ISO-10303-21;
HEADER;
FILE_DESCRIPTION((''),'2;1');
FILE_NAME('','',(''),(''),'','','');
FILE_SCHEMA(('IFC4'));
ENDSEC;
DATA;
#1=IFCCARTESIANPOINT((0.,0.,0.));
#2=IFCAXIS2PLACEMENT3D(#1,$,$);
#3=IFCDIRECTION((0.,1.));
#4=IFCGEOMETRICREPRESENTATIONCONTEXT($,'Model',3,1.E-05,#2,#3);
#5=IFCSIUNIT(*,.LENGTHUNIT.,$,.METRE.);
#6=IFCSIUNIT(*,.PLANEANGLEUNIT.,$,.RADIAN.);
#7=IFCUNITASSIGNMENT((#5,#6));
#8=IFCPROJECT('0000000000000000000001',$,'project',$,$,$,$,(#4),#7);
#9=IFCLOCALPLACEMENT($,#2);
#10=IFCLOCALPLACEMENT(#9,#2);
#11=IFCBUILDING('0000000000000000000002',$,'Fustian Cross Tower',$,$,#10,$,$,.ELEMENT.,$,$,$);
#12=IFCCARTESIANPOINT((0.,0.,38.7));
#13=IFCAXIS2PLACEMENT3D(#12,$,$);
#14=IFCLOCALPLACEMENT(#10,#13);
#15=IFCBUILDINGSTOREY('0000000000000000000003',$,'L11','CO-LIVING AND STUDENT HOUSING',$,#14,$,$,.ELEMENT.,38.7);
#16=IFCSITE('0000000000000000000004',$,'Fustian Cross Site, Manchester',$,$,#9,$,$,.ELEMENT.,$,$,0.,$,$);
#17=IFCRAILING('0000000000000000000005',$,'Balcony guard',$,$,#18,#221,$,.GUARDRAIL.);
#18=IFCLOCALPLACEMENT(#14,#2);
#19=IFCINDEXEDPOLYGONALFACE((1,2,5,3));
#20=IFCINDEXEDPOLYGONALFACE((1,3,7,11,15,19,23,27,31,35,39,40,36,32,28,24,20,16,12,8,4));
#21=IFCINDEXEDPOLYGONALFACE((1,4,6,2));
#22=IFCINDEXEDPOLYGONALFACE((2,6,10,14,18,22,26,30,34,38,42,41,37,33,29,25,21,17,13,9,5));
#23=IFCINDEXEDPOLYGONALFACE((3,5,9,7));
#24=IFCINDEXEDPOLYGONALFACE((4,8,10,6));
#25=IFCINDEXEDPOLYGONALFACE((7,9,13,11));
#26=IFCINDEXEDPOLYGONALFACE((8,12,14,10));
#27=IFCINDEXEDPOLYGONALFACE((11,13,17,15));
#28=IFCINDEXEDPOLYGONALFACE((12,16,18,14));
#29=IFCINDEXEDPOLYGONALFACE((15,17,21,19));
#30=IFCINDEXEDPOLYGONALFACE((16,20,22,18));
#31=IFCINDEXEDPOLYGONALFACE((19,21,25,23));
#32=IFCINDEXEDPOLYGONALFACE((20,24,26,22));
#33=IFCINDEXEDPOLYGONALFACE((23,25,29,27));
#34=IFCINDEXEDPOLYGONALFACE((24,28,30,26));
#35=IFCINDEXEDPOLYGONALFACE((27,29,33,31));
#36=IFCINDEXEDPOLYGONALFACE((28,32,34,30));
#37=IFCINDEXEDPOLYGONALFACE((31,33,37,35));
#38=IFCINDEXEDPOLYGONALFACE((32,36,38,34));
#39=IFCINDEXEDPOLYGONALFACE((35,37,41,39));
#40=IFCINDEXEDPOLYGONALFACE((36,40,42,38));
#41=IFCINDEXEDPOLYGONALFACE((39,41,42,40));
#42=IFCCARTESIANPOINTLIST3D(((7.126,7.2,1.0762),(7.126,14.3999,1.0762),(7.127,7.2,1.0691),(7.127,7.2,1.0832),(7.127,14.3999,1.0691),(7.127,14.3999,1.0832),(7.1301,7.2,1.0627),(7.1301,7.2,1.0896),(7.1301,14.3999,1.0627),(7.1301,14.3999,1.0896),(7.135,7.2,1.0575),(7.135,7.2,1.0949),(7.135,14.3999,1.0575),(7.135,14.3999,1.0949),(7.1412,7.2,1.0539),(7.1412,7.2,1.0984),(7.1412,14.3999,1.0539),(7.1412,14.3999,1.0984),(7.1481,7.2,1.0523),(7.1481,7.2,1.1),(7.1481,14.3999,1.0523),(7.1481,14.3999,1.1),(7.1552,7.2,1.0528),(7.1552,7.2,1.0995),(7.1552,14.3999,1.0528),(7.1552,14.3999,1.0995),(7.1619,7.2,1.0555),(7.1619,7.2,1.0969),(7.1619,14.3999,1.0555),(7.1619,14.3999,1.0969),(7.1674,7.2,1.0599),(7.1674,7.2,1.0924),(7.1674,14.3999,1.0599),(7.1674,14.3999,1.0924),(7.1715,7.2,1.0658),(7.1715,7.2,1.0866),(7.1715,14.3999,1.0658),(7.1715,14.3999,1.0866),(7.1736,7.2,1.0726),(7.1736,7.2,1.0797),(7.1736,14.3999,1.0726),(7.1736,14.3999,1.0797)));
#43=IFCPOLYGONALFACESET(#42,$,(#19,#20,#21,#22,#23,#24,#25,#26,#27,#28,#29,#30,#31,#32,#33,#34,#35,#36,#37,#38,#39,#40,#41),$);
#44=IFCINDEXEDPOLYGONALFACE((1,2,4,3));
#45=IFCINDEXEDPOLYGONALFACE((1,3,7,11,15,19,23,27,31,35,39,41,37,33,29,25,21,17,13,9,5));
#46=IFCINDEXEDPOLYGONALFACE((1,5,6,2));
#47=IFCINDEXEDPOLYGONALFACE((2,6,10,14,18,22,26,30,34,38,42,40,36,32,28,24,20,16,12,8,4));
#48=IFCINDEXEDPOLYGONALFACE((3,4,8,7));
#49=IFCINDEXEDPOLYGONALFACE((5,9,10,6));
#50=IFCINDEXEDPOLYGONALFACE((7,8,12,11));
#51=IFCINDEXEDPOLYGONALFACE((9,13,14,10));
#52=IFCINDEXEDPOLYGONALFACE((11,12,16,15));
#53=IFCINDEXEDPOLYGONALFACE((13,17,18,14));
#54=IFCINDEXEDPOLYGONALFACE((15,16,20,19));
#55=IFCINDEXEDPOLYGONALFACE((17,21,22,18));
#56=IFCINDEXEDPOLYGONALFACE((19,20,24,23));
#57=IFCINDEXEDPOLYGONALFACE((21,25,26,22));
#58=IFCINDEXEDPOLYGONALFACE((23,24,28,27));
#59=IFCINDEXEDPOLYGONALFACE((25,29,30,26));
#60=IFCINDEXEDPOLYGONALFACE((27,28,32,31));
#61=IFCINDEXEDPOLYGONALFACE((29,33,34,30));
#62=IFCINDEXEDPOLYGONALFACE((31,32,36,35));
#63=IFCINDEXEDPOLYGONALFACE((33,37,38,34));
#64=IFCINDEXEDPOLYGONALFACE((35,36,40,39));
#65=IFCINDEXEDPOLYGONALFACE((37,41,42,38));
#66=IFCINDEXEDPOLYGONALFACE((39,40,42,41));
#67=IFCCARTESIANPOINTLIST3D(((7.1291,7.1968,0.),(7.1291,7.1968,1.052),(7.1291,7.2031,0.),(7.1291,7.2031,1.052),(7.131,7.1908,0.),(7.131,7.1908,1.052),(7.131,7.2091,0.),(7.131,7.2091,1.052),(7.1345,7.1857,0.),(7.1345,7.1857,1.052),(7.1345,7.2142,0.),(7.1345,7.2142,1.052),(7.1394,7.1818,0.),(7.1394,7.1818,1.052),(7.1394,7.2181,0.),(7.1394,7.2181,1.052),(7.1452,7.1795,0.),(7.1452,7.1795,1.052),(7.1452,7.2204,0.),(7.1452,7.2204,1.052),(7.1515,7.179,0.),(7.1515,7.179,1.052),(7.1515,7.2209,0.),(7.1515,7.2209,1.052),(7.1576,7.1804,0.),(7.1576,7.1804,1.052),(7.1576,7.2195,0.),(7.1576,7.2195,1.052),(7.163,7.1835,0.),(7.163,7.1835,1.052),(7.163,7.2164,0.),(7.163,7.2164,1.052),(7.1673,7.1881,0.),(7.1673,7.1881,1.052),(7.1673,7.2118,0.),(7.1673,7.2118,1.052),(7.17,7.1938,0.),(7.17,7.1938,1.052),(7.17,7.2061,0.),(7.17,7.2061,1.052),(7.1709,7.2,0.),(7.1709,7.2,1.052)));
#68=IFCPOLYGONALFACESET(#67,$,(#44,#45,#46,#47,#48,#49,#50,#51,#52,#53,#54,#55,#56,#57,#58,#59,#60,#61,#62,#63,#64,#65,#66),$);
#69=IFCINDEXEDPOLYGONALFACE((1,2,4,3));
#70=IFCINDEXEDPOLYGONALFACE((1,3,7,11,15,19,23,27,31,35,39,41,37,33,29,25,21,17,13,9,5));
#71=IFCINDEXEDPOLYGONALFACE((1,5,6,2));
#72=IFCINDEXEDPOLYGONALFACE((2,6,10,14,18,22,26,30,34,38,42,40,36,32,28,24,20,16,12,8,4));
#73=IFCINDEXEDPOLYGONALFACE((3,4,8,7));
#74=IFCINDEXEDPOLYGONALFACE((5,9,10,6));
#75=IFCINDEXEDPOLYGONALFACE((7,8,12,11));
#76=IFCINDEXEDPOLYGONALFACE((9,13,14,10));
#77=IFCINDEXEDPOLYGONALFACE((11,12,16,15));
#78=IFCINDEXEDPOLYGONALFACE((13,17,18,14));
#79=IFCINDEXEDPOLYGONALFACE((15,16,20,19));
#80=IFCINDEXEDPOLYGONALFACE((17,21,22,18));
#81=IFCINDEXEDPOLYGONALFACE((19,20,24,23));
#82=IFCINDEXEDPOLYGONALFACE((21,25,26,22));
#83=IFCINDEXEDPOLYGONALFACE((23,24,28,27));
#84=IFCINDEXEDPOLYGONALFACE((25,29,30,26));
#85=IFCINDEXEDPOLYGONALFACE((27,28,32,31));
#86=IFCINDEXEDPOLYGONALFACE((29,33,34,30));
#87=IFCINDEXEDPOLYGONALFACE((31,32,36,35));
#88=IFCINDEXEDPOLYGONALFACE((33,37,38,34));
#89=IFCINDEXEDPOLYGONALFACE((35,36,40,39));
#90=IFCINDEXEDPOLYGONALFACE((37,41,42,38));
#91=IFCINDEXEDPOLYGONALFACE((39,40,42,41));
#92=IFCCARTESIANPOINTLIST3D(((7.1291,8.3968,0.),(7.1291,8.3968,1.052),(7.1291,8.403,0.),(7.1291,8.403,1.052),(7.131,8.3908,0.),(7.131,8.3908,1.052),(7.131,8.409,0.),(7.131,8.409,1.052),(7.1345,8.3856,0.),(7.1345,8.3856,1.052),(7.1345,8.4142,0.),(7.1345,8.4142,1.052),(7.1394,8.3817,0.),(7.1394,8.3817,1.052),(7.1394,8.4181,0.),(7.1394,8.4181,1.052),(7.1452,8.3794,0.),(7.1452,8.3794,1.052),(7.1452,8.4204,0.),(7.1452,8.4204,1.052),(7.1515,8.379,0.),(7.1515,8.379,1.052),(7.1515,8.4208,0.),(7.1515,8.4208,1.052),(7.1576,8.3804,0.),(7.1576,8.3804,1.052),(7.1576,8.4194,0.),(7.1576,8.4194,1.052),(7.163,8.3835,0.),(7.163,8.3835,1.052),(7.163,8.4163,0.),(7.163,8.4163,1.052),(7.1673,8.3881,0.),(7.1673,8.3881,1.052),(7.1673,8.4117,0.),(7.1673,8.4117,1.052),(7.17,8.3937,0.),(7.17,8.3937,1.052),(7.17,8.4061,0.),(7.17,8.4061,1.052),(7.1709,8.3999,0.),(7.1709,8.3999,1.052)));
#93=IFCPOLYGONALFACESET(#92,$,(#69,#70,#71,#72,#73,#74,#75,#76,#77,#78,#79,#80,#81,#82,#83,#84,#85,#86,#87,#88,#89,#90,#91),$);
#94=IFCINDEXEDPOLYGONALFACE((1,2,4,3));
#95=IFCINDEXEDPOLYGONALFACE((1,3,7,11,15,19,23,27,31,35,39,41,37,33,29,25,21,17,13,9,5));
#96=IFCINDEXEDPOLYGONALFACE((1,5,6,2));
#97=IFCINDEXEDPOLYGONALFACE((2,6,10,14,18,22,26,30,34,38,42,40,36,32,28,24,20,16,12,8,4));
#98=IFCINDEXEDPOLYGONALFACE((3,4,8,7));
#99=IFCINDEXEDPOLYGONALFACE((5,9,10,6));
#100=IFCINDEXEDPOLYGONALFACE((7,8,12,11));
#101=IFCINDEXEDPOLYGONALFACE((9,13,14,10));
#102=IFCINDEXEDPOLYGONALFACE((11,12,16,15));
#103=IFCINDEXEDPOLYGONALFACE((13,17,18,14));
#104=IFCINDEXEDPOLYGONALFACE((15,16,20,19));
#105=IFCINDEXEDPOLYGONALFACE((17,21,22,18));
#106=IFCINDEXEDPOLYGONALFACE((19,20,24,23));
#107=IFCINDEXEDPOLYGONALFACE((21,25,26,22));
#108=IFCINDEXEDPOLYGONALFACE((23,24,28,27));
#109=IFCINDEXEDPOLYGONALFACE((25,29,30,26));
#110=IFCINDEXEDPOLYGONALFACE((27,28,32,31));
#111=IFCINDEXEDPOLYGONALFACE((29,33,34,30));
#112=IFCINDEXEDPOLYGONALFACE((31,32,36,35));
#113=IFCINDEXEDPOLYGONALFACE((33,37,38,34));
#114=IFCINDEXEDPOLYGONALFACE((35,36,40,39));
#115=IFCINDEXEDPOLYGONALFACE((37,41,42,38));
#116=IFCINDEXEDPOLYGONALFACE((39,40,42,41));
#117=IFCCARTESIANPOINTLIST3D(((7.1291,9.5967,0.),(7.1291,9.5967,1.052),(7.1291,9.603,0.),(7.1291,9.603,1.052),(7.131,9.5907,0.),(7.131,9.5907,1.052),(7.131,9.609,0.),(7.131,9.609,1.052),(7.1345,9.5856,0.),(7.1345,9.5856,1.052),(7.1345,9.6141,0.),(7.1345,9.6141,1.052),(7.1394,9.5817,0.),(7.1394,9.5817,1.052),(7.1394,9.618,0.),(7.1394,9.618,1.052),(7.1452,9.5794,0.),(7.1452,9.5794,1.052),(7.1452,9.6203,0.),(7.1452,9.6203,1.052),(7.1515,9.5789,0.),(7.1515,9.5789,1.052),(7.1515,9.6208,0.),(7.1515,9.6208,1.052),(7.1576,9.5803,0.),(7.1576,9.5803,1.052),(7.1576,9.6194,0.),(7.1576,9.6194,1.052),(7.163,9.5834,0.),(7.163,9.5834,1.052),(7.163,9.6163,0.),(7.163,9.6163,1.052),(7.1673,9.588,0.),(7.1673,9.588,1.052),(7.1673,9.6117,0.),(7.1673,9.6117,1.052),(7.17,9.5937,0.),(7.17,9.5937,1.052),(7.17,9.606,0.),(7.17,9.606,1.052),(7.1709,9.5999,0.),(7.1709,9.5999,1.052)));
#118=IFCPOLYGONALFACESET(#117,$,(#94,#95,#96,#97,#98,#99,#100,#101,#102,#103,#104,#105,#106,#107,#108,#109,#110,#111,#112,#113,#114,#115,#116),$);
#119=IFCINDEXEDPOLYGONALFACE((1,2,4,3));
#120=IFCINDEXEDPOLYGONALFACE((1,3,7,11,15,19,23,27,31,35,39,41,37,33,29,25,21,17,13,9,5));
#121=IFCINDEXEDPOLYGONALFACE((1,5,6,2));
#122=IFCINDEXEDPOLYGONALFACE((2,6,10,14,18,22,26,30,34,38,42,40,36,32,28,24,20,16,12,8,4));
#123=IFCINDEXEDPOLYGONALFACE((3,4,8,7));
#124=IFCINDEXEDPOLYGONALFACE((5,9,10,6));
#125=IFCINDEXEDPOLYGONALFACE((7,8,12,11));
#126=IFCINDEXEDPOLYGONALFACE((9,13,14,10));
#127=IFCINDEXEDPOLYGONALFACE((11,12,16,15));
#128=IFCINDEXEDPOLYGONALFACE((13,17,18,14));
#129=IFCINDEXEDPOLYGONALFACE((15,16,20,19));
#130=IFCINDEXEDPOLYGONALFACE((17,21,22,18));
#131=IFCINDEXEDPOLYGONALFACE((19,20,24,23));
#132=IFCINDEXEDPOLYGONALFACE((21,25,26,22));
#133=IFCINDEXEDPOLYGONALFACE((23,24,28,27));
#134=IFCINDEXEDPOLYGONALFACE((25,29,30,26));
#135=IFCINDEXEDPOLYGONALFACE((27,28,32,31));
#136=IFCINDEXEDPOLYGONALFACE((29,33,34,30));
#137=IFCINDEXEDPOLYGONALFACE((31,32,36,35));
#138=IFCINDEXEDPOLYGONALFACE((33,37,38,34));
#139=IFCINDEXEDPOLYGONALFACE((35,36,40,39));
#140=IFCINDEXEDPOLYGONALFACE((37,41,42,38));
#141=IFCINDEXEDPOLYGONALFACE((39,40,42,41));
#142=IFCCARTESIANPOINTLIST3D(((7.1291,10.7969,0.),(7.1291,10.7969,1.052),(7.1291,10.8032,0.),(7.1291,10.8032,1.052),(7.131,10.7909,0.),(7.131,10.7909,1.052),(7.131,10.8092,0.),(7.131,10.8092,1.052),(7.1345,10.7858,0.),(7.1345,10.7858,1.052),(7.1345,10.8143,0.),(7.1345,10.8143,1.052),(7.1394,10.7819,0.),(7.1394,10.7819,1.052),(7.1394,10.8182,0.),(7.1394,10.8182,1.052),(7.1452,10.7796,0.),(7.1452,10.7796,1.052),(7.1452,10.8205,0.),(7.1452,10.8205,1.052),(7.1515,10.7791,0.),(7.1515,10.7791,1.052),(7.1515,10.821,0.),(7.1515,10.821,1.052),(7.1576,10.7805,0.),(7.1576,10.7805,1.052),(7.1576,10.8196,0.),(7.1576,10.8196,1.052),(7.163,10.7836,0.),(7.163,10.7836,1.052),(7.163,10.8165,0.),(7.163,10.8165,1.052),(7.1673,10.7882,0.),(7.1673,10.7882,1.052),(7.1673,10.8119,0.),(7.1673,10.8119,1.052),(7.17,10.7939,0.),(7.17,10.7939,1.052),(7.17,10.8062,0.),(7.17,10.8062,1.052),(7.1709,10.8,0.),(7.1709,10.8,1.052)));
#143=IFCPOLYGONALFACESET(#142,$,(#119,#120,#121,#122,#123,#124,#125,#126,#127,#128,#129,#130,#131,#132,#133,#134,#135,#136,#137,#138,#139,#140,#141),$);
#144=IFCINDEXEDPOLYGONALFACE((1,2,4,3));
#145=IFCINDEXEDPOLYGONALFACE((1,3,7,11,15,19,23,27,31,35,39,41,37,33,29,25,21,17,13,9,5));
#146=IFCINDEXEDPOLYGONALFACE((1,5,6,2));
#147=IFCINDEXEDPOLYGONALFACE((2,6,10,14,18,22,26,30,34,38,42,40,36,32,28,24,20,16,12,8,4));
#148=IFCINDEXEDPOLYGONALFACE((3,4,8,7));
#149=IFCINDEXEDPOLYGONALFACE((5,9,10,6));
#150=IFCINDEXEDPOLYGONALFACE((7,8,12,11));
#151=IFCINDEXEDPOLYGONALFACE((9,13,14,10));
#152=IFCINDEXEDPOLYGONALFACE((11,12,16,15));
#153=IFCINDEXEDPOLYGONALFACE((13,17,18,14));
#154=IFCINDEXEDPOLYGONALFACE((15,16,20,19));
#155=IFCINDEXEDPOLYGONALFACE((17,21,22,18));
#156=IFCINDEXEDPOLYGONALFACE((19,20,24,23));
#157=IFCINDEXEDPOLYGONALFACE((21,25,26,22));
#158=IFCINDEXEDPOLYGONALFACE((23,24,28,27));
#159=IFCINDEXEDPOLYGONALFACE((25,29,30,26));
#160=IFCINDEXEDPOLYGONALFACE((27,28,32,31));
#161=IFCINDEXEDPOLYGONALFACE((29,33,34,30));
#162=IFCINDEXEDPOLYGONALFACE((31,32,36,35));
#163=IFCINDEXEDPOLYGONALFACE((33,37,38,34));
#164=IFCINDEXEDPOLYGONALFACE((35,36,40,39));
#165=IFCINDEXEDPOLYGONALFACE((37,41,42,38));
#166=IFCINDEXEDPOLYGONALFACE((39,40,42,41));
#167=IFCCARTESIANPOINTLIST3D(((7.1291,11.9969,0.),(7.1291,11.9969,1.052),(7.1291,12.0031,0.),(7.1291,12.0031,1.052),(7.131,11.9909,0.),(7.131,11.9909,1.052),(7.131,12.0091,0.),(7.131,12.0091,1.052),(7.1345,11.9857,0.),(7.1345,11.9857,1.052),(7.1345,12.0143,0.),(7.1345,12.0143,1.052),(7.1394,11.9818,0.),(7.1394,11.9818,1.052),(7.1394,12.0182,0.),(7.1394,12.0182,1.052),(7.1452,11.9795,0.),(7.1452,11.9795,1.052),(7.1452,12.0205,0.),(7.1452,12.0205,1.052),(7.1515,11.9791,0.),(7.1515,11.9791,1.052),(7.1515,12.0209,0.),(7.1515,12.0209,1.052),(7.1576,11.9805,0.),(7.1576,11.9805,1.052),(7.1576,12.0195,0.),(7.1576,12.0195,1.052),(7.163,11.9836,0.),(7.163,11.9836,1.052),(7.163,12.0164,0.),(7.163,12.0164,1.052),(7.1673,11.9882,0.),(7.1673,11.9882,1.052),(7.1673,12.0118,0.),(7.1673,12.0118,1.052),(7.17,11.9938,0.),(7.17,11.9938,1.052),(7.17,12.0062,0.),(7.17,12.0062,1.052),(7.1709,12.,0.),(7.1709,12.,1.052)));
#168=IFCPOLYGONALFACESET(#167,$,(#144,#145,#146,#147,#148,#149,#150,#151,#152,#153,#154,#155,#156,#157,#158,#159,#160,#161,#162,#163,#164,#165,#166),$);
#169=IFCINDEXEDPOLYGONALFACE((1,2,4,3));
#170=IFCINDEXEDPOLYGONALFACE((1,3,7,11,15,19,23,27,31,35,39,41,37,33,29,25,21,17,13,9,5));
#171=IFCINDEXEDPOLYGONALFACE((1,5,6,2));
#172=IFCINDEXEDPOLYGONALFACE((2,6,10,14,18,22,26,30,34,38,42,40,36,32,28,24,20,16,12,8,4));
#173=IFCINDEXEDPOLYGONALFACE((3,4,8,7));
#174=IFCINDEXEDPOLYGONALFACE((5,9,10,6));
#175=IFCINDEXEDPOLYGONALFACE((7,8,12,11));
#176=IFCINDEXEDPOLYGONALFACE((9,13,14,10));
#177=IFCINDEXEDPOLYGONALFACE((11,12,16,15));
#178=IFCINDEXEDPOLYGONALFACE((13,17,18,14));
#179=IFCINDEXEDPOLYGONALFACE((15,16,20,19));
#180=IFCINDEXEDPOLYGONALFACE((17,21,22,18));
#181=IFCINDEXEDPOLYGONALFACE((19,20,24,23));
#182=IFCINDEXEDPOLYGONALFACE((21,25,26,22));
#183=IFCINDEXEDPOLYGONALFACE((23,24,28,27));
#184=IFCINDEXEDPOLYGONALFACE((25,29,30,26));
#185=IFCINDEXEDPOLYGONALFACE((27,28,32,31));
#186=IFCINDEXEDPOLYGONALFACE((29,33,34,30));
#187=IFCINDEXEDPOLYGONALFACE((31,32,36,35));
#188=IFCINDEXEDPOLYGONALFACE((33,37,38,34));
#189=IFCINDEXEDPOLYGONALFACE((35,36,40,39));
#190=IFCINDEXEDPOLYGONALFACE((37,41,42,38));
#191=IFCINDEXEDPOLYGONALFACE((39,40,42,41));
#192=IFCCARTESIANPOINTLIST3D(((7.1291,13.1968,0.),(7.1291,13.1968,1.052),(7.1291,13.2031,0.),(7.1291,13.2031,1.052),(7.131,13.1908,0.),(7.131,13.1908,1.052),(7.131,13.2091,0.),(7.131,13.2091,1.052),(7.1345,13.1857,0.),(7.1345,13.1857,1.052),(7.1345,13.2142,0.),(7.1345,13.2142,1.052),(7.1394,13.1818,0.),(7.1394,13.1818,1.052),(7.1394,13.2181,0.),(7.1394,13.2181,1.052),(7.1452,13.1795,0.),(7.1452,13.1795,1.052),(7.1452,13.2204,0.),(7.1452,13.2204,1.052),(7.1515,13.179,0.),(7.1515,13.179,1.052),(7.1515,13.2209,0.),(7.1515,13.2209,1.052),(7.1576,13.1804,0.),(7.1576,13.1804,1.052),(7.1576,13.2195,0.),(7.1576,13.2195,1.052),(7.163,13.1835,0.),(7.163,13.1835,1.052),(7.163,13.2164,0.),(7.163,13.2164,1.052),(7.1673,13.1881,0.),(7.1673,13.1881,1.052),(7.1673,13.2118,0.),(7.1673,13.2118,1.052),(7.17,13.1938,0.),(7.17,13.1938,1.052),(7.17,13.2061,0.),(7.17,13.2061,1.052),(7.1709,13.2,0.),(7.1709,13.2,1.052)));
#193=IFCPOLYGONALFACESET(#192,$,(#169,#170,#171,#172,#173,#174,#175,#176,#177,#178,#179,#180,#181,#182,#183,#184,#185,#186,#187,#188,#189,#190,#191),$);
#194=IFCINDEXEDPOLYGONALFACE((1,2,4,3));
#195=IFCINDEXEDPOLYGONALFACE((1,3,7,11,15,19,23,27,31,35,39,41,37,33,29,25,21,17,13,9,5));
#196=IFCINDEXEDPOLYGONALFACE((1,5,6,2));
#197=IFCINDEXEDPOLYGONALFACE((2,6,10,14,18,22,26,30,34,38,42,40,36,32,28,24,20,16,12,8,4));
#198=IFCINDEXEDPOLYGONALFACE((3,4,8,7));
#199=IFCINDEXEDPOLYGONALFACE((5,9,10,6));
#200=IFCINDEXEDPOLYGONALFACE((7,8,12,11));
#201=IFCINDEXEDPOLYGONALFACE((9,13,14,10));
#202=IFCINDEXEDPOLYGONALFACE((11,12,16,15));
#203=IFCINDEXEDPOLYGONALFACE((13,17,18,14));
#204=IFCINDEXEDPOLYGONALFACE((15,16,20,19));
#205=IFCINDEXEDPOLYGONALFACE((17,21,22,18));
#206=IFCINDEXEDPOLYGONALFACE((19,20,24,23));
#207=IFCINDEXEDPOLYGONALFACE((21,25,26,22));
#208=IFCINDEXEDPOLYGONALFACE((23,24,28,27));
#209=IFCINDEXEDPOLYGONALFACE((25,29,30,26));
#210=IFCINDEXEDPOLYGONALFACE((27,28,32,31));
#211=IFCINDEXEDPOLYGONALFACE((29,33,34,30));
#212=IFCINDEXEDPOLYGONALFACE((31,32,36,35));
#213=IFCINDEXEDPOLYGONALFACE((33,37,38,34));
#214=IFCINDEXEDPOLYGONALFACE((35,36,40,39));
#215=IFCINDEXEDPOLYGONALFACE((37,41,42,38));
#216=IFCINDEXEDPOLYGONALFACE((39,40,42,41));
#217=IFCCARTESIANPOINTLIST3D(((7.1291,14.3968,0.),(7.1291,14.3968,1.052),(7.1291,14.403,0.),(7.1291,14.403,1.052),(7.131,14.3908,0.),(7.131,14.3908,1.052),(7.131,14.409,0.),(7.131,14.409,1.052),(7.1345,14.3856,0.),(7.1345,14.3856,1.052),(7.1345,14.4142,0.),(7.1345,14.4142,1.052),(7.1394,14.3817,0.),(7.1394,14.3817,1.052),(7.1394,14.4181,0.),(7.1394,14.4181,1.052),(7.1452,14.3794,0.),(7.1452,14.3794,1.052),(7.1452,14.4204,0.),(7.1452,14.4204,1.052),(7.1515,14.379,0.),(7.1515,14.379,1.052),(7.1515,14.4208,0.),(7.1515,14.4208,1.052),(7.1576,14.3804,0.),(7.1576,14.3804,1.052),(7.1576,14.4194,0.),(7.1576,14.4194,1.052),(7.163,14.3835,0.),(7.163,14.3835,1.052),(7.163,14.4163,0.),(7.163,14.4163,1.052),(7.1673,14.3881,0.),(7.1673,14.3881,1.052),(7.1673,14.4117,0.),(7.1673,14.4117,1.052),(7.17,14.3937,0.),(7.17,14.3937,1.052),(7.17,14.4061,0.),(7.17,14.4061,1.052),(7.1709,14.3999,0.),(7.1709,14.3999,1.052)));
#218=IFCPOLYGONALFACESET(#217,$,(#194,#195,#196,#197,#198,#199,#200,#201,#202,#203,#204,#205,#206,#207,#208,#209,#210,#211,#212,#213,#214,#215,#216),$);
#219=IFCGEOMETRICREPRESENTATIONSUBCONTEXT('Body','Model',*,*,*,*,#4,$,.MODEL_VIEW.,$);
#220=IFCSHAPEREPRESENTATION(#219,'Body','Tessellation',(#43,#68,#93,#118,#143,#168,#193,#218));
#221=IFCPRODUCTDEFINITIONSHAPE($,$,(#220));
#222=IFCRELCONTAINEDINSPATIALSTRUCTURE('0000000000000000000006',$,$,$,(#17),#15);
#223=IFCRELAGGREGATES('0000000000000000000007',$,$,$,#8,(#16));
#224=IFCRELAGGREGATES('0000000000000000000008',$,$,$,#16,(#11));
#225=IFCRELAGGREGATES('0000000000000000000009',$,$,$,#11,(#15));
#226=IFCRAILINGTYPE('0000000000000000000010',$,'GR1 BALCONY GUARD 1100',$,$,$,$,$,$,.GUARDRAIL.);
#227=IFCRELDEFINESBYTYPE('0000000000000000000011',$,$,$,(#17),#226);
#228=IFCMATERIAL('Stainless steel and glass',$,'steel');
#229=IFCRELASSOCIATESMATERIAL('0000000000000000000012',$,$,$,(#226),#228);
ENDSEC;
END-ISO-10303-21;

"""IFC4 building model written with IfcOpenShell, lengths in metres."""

from ifc_helpers import new_model, si_unit, direction, frame, origin, origin_2d, place, context, subcontext, project, spatial, circle, extrude, material, type_object, element, save


model = new_model("IFC4")

# Units and contexts
model_context = context("Model", 3, precision=1e-05, world=origin(), true_north=direction((0.0, 1.0)))
body_context = subcontext(model_context, "Body", "Model", "MODEL_VIEW")
ifc_project = project(units=[si_unit("LENGTHUNIT", "METRE"), si_unit("PLANEANGLEUNIT", "RADIAN")], contexts=[model_context])

# Site, building, storey
site_placement = place(None, origin())
site = spatial("IfcSite", under=ifc_project, at=site_placement, Name="Fustian Cross Site, Manchester", CompositionType="ELEMENT", RefElevation=0.0)
building_placement = place(site_placement, origin())
building = spatial("IfcBuilding", under=site, at=building_placement, Name="Fustian Cross Tower", CompositionType="ELEMENT")
storey_placement = place(building_placement, frame((0.0, 0.0, 38.7)))
storey = spatial("IfcBuildingStorey", under=building, at=storey_placement, Name="L11", Description="CO-LIVING AND STUDENT HOUSING", CompositionType="ELEMENT", Elevation=38.7)

# Railing
ifc_material_1 = material(Name="Stainless steel and glass", Category="steel")
railing_type = type_object("IfcRailingType", Name="GR1 BALCONY GUARD 1100", PredefinedType="GUARDRAIL", material=ifc_material_1)
railing_placement = place(storey_placement, frame((7.1499, 7.2, 0.0)))
element("IfcRailing", 1, at=railing_placement, inside=storey, type_object=railing_type, Name="Balcony guard", PredefinedType="GUARDRAIL", context=body_context, shape_type="SweptSolid", body=[
    extrude(circle(Radius=0.0239, at=origin_2d()), frame((0.0, 0.0, 1.0762), z_axis=(0.0, 1.0, 0.0), x_axis=(-1.0, 0.0, 0.0)), (0.0, 0.0, 1.0), 7.2),
    extrude(circle(Radius=0.021, at=origin_2d()), origin(), (0.0, 0.0, 1.0), 1.052),
    extrude(circle(Radius=0.021, at=origin_2d()), frame((0.0, 1.2, 0.0)), (0.0, 0.0, 1.0), 1.052),
    extrude(circle(Radius=0.021, at=origin_2d()), frame((0.0, 2.3999, 0.0)), (0.0, 0.0, 1.0), 1.052),
    extrude(circle(Radius=0.021, at=origin_2d()), frame((0.0, 3.6001, 0.0)), (0.0, 0.0, 1.0), 1.052),
    extrude(circle(Radius=0.021, at=origin_2d()), frame((0.0, 4.8, 0.0)), (0.0, 0.0, 1.0), 1.052),
    extrude(circle(Radius=0.021, at=origin_2d()), frame((0.0, 6.0, 0.0)), (0.0, 0.0, 1.0), 1.052),
    extrude(circle(Radius=0.021, at=origin_2d()), frame((0.0, 7.2, 0.0)), (0.0, 0.0, 1.0), 1.052),
])

save(model, "model.ifc")
